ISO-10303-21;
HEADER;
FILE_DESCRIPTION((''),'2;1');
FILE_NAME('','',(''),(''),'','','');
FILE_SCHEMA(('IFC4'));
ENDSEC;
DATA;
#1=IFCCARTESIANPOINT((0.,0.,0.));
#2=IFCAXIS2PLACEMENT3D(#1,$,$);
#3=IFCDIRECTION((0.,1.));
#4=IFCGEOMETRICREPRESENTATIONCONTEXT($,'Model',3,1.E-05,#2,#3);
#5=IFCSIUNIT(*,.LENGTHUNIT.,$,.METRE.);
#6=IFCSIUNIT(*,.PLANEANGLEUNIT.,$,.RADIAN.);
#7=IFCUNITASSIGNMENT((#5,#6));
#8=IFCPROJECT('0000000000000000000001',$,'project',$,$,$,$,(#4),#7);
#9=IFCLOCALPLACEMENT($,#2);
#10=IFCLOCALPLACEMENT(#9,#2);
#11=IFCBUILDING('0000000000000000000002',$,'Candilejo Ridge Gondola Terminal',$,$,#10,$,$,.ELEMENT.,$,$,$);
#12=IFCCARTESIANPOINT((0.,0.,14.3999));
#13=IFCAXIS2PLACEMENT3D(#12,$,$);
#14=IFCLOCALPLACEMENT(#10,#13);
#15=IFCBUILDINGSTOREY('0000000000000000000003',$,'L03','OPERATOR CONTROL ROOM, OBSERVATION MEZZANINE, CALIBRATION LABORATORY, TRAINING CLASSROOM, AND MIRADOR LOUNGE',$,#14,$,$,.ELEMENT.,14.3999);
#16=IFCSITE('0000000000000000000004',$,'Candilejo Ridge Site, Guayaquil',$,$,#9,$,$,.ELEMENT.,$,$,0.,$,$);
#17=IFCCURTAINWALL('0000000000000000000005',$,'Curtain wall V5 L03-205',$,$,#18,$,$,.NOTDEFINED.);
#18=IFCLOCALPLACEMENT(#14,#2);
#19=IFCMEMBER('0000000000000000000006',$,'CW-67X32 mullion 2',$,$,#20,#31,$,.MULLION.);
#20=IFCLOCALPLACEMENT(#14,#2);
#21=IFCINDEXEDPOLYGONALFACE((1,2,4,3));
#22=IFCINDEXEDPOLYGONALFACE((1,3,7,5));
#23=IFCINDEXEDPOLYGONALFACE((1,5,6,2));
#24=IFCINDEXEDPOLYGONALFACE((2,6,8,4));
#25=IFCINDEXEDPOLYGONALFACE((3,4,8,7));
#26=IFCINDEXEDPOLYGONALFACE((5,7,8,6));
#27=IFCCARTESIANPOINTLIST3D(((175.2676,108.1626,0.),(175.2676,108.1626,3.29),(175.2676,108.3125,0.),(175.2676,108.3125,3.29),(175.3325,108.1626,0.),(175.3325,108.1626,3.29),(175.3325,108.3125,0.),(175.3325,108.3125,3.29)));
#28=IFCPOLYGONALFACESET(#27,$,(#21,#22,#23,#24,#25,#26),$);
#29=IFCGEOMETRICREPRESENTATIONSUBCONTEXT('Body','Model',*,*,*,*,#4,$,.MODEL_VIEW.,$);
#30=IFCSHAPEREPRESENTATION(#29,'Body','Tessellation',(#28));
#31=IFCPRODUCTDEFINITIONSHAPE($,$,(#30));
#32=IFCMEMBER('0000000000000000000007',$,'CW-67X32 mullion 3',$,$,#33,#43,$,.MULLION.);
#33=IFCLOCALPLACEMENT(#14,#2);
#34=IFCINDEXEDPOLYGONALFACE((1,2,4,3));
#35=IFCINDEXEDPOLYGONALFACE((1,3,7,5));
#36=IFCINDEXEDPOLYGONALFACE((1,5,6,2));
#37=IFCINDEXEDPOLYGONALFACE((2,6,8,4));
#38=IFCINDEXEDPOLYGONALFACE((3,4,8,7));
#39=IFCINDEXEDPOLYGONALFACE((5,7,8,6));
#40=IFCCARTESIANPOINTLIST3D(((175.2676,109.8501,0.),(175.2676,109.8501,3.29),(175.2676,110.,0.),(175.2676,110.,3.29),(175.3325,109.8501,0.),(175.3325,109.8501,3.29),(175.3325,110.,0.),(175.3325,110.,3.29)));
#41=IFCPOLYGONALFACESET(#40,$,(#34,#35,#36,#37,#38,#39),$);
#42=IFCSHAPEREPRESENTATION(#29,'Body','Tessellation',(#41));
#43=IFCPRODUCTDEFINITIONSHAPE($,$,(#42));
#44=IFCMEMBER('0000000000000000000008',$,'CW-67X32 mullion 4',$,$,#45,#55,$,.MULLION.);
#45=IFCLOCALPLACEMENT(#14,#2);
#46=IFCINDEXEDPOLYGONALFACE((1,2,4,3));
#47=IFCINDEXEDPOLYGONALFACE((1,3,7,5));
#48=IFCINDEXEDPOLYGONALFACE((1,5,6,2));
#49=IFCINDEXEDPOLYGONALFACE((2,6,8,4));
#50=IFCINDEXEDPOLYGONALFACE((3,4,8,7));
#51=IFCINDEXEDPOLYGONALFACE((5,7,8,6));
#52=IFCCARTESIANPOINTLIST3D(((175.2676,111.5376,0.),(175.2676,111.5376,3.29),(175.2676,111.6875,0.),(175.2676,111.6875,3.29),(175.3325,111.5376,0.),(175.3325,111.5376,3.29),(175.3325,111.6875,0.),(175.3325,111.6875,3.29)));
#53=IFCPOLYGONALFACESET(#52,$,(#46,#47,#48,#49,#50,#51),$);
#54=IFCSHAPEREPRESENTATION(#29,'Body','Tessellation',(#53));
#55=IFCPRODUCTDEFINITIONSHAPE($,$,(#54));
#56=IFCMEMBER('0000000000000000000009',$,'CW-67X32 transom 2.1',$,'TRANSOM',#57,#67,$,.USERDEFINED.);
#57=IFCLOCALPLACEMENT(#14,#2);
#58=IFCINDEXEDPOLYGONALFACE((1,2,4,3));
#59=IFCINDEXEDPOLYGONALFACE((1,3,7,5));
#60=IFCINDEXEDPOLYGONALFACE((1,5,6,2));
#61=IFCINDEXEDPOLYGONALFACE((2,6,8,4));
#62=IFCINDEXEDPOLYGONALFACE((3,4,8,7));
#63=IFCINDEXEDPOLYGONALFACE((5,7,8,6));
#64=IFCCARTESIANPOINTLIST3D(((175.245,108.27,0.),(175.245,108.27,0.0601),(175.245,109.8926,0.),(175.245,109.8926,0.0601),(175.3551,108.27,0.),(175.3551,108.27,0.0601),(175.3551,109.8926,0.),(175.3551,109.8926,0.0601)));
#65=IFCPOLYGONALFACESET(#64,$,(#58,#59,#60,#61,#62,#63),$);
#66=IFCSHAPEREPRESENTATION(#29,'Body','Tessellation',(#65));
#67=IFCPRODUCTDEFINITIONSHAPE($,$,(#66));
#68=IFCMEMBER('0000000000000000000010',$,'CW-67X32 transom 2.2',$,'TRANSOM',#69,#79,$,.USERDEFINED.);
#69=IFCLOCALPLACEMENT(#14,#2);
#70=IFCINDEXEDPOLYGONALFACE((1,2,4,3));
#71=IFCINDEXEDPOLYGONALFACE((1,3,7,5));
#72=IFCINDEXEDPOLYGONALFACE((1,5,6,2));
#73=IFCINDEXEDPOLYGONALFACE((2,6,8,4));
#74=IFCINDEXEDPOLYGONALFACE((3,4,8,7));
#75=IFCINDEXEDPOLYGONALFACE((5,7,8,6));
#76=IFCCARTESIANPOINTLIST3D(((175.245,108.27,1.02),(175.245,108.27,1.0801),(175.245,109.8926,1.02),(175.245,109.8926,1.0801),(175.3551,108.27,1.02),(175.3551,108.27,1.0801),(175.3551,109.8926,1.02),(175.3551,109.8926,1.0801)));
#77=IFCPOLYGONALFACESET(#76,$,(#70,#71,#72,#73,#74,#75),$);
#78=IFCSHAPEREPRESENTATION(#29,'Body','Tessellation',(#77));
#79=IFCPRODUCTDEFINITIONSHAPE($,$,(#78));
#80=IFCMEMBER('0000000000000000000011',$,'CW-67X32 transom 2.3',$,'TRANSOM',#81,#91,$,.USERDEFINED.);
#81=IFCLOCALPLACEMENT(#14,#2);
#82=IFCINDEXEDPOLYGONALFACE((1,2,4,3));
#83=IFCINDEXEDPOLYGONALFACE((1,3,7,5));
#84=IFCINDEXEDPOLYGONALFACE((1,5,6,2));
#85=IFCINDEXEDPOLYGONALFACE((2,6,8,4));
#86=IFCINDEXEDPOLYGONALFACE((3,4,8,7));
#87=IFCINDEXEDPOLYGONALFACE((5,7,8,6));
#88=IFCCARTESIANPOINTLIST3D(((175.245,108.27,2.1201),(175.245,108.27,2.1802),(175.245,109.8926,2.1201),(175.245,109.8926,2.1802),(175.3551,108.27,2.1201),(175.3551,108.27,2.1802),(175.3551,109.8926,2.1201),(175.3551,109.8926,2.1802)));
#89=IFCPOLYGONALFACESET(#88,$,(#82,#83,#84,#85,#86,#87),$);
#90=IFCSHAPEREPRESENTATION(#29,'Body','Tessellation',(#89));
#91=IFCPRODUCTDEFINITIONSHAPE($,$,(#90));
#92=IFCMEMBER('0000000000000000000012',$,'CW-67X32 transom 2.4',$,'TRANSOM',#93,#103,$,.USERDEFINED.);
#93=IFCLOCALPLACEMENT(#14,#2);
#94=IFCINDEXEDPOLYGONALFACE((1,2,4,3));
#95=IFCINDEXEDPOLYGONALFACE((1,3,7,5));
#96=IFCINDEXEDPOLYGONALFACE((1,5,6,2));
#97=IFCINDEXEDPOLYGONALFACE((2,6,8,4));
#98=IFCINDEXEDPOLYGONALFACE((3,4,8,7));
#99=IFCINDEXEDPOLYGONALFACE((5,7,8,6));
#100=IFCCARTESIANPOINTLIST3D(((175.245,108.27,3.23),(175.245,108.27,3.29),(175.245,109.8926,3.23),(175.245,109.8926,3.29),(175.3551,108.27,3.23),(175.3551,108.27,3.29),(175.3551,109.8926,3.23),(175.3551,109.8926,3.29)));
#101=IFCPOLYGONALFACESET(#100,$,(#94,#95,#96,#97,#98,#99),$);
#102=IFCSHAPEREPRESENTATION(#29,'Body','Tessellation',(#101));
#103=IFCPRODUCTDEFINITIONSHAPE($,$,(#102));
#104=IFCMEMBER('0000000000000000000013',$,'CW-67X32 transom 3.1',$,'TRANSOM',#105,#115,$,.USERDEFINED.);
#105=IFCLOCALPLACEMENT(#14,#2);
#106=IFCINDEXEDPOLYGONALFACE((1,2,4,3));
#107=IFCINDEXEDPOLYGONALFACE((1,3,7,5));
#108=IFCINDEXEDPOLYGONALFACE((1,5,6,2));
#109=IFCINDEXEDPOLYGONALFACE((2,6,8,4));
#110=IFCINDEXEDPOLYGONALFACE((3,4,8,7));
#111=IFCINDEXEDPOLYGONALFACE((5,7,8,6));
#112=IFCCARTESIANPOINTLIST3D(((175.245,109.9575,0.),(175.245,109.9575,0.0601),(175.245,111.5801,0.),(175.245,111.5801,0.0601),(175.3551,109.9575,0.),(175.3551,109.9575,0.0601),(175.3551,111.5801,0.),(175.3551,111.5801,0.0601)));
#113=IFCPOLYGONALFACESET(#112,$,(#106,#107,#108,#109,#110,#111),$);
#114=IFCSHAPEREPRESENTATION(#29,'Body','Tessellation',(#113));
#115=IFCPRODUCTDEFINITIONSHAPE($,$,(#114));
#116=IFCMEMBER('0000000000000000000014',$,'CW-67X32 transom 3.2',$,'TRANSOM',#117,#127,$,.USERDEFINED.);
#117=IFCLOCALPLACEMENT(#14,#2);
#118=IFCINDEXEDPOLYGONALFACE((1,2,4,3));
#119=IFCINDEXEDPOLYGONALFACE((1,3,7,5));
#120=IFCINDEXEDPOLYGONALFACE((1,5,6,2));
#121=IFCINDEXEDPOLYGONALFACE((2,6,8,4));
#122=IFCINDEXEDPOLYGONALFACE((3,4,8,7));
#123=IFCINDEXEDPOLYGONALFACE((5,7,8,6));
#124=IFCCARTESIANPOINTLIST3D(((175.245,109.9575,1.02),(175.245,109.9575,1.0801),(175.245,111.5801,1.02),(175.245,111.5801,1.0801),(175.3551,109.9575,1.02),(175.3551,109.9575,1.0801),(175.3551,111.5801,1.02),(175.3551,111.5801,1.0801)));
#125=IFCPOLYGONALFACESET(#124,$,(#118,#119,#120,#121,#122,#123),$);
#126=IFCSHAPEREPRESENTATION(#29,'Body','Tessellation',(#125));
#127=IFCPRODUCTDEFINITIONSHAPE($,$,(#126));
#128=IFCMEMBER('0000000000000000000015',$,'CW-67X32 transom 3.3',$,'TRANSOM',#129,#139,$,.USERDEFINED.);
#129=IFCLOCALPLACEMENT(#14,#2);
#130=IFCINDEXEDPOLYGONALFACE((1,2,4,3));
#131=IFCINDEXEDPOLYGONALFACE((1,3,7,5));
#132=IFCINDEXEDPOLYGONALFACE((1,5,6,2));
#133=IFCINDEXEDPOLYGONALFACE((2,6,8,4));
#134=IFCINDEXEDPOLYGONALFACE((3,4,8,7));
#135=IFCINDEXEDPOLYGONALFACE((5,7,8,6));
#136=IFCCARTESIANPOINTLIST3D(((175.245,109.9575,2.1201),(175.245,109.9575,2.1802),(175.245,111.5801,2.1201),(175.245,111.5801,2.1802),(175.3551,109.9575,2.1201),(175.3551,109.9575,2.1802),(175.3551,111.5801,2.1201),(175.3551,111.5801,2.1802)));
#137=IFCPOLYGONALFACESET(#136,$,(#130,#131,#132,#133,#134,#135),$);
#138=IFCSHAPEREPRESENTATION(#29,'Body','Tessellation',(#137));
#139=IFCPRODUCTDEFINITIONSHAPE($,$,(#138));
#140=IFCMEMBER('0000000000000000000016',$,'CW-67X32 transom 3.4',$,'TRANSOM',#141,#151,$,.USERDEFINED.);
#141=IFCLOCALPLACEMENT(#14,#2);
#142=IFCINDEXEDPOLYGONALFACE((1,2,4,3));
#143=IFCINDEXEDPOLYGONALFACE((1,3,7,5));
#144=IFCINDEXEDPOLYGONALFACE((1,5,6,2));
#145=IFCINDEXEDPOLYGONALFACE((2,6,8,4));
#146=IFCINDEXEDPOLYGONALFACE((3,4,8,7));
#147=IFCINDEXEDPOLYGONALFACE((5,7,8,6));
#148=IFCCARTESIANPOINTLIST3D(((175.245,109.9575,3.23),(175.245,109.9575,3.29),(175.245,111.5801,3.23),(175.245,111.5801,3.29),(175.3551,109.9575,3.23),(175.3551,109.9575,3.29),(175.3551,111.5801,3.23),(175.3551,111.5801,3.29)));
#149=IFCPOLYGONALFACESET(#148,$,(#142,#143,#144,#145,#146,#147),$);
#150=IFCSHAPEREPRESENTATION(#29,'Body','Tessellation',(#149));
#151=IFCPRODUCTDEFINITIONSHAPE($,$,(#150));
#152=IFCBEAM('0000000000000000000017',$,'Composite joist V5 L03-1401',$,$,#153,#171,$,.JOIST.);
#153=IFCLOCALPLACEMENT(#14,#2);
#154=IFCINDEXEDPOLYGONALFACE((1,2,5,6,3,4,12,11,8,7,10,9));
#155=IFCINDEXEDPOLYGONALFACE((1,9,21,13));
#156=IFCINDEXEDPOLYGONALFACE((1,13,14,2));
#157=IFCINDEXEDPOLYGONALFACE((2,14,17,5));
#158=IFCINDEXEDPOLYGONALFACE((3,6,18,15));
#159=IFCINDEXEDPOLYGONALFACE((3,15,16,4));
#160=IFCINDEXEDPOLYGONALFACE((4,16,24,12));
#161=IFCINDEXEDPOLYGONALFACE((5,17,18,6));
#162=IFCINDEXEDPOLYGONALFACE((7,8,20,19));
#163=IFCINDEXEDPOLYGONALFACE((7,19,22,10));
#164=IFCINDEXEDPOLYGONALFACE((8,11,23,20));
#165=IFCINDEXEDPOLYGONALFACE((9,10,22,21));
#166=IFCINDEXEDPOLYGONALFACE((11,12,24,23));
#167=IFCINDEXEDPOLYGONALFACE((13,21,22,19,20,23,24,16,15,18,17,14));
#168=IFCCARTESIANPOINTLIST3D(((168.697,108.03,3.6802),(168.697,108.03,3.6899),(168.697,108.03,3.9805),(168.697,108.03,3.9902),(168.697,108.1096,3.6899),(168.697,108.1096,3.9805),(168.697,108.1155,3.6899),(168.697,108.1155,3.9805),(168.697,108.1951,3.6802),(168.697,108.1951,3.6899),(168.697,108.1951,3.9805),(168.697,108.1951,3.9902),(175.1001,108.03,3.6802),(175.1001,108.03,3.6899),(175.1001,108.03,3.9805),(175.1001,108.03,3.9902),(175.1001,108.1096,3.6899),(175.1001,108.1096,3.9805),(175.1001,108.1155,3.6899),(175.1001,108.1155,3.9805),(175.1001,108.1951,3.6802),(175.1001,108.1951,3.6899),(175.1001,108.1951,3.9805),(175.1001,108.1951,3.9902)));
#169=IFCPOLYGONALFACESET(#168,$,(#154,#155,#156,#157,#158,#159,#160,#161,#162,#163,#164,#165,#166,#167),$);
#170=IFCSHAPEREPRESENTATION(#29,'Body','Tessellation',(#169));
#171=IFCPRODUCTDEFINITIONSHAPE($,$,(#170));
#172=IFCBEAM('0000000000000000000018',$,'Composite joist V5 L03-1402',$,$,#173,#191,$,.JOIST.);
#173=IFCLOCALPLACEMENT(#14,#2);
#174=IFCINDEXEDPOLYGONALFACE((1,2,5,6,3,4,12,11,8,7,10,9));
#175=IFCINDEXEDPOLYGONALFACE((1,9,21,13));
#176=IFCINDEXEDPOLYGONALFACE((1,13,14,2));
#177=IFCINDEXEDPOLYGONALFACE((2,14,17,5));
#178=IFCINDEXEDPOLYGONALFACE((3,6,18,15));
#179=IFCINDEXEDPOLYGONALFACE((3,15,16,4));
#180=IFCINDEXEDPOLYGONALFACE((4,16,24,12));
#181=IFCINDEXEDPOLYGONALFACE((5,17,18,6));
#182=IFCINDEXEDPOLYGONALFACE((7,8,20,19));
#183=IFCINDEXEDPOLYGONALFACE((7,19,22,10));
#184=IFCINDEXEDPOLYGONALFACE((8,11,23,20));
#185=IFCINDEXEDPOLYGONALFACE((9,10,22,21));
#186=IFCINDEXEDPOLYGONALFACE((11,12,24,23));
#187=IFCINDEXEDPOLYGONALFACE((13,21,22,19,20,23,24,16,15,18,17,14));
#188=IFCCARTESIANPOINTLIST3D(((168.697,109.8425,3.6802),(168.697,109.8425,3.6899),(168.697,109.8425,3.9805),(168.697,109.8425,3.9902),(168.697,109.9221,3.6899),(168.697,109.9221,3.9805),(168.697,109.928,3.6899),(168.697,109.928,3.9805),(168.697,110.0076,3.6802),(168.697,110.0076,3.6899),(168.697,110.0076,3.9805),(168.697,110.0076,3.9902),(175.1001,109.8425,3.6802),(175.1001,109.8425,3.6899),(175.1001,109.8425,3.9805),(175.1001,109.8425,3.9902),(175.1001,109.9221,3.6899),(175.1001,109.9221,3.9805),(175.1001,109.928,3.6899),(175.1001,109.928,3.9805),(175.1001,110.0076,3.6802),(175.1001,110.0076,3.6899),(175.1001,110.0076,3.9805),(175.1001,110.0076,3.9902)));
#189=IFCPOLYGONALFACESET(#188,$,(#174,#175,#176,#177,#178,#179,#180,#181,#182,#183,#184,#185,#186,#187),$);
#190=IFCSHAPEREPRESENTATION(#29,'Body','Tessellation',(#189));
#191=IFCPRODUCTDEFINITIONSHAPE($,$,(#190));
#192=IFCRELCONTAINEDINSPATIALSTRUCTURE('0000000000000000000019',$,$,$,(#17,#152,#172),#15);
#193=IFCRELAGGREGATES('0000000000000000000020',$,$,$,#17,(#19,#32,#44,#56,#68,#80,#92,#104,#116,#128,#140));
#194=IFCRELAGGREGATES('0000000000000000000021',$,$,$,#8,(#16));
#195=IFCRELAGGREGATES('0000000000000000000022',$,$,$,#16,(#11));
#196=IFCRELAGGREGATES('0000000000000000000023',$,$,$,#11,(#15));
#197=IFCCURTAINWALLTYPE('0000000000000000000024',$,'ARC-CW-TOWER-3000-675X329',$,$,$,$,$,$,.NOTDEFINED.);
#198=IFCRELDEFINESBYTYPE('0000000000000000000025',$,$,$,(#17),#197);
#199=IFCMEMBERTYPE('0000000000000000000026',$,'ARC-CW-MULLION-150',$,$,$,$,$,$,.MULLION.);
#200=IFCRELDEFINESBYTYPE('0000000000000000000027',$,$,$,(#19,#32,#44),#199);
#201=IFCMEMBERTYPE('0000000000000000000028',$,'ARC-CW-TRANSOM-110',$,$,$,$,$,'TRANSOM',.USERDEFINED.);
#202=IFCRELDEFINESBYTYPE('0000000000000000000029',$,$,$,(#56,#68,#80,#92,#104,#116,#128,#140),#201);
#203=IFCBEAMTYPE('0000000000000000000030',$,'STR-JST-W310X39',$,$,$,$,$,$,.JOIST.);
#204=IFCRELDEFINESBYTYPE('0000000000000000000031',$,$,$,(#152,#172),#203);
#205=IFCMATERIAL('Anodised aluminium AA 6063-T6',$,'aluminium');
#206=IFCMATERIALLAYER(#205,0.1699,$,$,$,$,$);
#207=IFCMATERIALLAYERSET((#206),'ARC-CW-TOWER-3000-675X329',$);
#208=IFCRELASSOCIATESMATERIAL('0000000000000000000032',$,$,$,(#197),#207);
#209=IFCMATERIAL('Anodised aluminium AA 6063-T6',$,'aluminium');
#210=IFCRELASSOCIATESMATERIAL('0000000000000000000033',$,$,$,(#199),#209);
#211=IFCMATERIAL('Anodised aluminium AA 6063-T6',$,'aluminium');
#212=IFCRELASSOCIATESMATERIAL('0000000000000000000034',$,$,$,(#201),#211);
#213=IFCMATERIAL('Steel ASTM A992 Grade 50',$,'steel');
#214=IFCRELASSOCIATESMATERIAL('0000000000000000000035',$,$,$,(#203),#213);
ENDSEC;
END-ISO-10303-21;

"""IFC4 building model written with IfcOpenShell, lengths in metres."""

from ifc_helpers import new_model, si_unit, direction, frame, origin, origin_2d, place, context, subcontext, project, spatial, rectangle, i_section, extrude, material, layer, layer_set, material_profile, profile_set, type_object, element, aggregate, save


model = new_model("IFC4")

# Units and contexts
model_context = context("Model", 3, precision=1e-05, world=origin(), true_north=direction((0.0, 1.0)))
body_context = subcontext(model_context, "Body", "Model", "MODEL_VIEW")
ifc_project = project(units=[si_unit("LENGTHUNIT", "METRE"), si_unit("PLANEANGLEUNIT", "RADIAN")], contexts=[model_context])

# Site, building, storey
site_placement = place(None, origin())
site = spatial("IfcSite", under=ifc_project, at=site_placement, Name="Candilejo Ridge Site, Guayaquil", CompositionType="ELEMENT", RefElevation=0.0)
building_placement = place(site_placement, origin())
building = spatial("IfcBuilding", under=site, at=building_placement, Name="Candilejo Ridge Gondola Terminal", CompositionType="ELEMENT")
storey_placement = place(building_placement, frame((0.0, 0.0, 14.3999)))
storey = spatial("IfcBuildingStorey", under=building, at=storey_placement, Name="L03", Description="OPERATOR CONTROL ROOM, OBSERVATION MEZZANINE, CALIBRATION LABORATORY, TRAINING CLASSROOM, AND MIRADOR LOUNGE", CompositionType="ELEMENT", Elevation=14.3999)

# Curtain wall, members
ifc_material_1 = material(Name="Anodised aluminium AA 6063-T6", Category="aluminium")
ifc_layer_1 = layer(ifc_material_1, 0.1699)
ifc_layer_set_1 = layer_set([ifc_layer_1], Name="ARC-CW-TOWER-3000-675X329")
curtain_wall_type = type_object("IfcCurtainWallType", Name="ARC-CW-TOWER-3000-675X329", PredefinedType="NOTDEFINED", material=ifc_layer_set_1)
curtain_wall_placement = place(storey_placement, origin())
curtain_wall = element("IfcCurtainWall", 1, at=curtain_wall_placement, inside=storey, type_object=curtain_wall_type, Name="Curtain wall V5 L03-205", PredefinedType="NOTDEFINED")
ifc_material_2 = material(Name="Anodised aluminium AA 6063-T6", Category="aluminium")
ifc_material_profile_1 = material_profile(ifc_material_2, rectangle(XDim=0.0649, YDim=0.1499, at=origin_2d()))
ifc_profile_set_1 = profile_set([ifc_material_profile_1], Name="Anodised aluminium AA 6063-T6")
member_type_1 = type_object("IfcMemberType", Name="ARC-CW-MULLION-150", PredefinedType="MULLION", material=ifc_profile_set_1)
member_1_placement = place(storey_placement, frame((175.3, 108.2375, 0.0), z_axis=(0.0, 0.0, 1.0), x_axis=(-1.0, 0.0, 0.0)))
member_1 = element("IfcMember", 2, at=member_1_placement, type_object=member_type_1, Name="CW-67X32 mullion 2", PredefinedType="MULLION", context=body_context, shape_type="SweptSolid", body=[
    extrude(rectangle(XDim=0.0649, YDim=0.1499, at=origin_2d()), origin(), (0.0, 0.0, 1.0), 3.29),
])
member_2_placement = place(storey_placement, frame((175.3, 109.925, 0.0), z_axis=(0.0, 0.0, 1.0), x_axis=(-1.0, 0.0, 0.0)))
member_2 = element("IfcMember", 3, at=member_2_placement, type_object=member_type_1, Name="CW-67X32 mullion 3", PredefinedType="MULLION", context=body_context, shape_type="SweptSolid", body=[
    extrude(rectangle(XDim=0.0649, YDim=0.1499, at=origin_2d()), origin(), (0.0, 0.0, 1.0), 3.29),
])
member_3_placement = place(storey_placement, frame((175.3, 111.6125, 0.0), z_axis=(0.0, 0.0, 1.0), x_axis=(-1.0, 0.0, 0.0)))
member_3 = element("IfcMember", 4, at=member_3_placement, type_object=member_type_1, Name="CW-67X32 mullion 4", PredefinedType="MULLION", context=body_context, shape_type="SweptSolid", body=[
    extrude(rectangle(XDim=0.0649, YDim=0.1499, at=origin_2d()), origin(), (0.0, 0.0, 1.0), 3.29),
])
ifc_material_3 = material(Name="Anodised aluminium AA 6063-T6", Category="aluminium")
ifc_material_profile_2 = material_profile(ifc_material_3, rectangle(XDim=0.1101, YDim=0.0601, at=origin_2d()))
ifc_profile_set_2 = profile_set([ifc_material_profile_2], Name="Anodised aluminium AA 6063-T6")
member_type_2 = type_object("IfcMemberType", Name="ARC-CW-TRANSOM-110", ElementType="TRANSOM", PredefinedType="USERDEFINED", material=ifc_profile_set_2)
member_4_placement = place(storey_placement, frame((175.3, 108.27, 0.03), z_axis=(0.0, 1.0, 0.0), x_axis=(-1.0, 0.0, 0.0)))
member_4 = element("IfcMember", 5, at=member_4_placement, type_object=member_type_2, Name="CW-67X32 transom 2.1", ObjectType="TRANSOM", PredefinedType="USERDEFINED", context=body_context, shape_type="SweptSolid", body=[
    extrude(rectangle(XDim=0.1101, YDim=0.0601, at=origin_2d()), origin(), (0.0, 0.0, 1.0), 1.6226),
])
member_5_placement = place(storey_placement, frame((175.3, 108.27, 1.05), z_axis=(0.0, 1.0, 0.0), x_axis=(-1.0, 0.0, 0.0)))
member_5 = element("IfcMember", 6, at=member_5_placement, type_object=member_type_2, Name="CW-67X32 transom 2.2", ObjectType="TRANSOM", PredefinedType="USERDEFINED", context=body_context, shape_type="SweptSolid", body=[
    extrude(rectangle(XDim=0.1101, YDim=0.0601, at=origin_2d()), origin(), (0.0, 0.0, 1.0), 1.6226),
])
member_6_placement = place(storey_placement, frame((175.3, 108.27, 2.1501), z_axis=(0.0, 1.0, 0.0), x_axis=(-1.0, 0.0, 0.0)))
member_6 = element("IfcMember", 7, at=member_6_placement, type_object=member_type_2, Name="CW-67X32 transom 2.3", ObjectType="TRANSOM", PredefinedType="USERDEFINED", context=body_context, shape_type="SweptSolid", body=[
    extrude(rectangle(XDim=0.1101, YDim=0.0601, at=origin_2d()), origin(), (0.0, 0.0, 1.0), 1.6226),
])
member_7_placement = place(storey_placement, frame((175.3, 108.27, 3.26), z_axis=(0.0, 1.0, 0.0), x_axis=(-1.0, 0.0, 0.0)))
member_7 = element("IfcMember", 8, at=member_7_placement, type_object=member_type_2, Name="CW-67X32 transom 2.4", ObjectType="TRANSOM", PredefinedType="USERDEFINED", context=body_context, shape_type="SweptSolid", body=[
    extrude(rectangle(XDim=0.1101, YDim=0.0601, at=origin_2d()), origin(), (0.0, 0.0, 1.0), 1.6226),
])
member_8_placement = place(storey_placement, frame((175.3, 109.9575, 0.03), z_axis=(0.0, 1.0, 0.0), x_axis=(-1.0, 0.0, 0.0)))
member_8 = element("IfcMember", 9, at=member_8_placement, type_object=member_type_2, Name="CW-67X32 transom 3.1", ObjectType="TRANSOM", PredefinedType="USERDEFINED", context=body_context, shape_type="SweptSolid", body=[
    extrude(rectangle(XDim=0.1101, YDim=0.0601, at=origin_2d()), origin(), (0.0, 0.0, 1.0), 1.6226),
])
member_9_placement = place(storey_placement, frame((175.3, 109.9575, 1.05), z_axis=(0.0, 1.0, 0.0), x_axis=(-1.0, 0.0, 0.0)))
member_9 = element("IfcMember", 10, at=member_9_placement, type_object=member_type_2, Name="CW-67X32 transom 3.2", ObjectType="TRANSOM", PredefinedType="USERDEFINED", context=body_context, shape_type="SweptSolid", body=[
    extrude(rectangle(XDim=0.1101, YDim=0.0601, at=origin_2d()), origin(), (0.0, 0.0, 1.0), 1.6226),
])
member_10_placement = place(storey_placement, frame((175.3, 109.9575, 2.1501), z_axis=(0.0, 1.0, 0.0), x_axis=(-1.0, 0.0, 0.0)))
member_10 = element("IfcMember", 11, at=member_10_placement, type_object=member_type_2, Name="CW-67X32 transom 3.3", ObjectType="TRANSOM", PredefinedType="USERDEFINED", context=body_context, shape_type="SweptSolid", body=[
    extrude(rectangle(XDim=0.1101, YDim=0.0601, at=origin_2d()), origin(), (0.0, 0.0, 1.0), 1.6226),
])
member_11_placement = place(storey_placement, frame((175.3, 109.9575, 3.26), z_axis=(0.0, 1.0, 0.0), x_axis=(-1.0, 0.0, 0.0)))
member_11 = element("IfcMember", 12, at=member_11_placement, type_object=member_type_2, Name="CW-67X32 transom 3.4", ObjectType="TRANSOM", PredefinedType="USERDEFINED", context=body_context, shape_type="SweptSolid", body=[
    extrude(rectangle(XDim=0.1101, YDim=0.0601, at=origin_2d()), origin(), (0.0, 0.0, 1.0), 1.6226),
])

# Beams
ifc_material_4 = material(Name="Steel ASTM A992 Grade 50", Category="steel")
ifc_material_profile_3 = material_profile(ifc_material_4, i_section(OverallWidth=0.165, OverallDepth=0.3101, WebThickness=0.0059, FlangeThickness=0.0098, at=origin_2d()))
ifc_profile_set_3 = profile_set([ifc_material_profile_3], Name="Steel ASTM A992 Grade 50")
beam_type = type_object("IfcBeamType", Name="STR-JST-W310X39", PredefinedType="JOIST", material=ifc_profile_set_3)
for number, where, z_axis, x_axis, name in (
    (13, (168.697, 108.1125, 3.8352), (1.0, 0.0, 0.0), (0.0, 1.0, 0.0), "Composite joist V5 L03-1401"),
    (14, (168.697, 109.925, 3.8352), (1.0, 0.0, 0.0), (0.0, 1.0, 0.0), "Composite joist V5 L03-1402"),
):
    element("IfcBeam", number, at=place(storey_placement, frame(where, z_axis=z_axis, x_axis=x_axis)), inside=storey, type_object=beam_type, Name=name, PredefinedType="JOIST", context=body_context, shape_type="SweptSolid", body=[
        extrude(i_section(OverallWidth=0.165, OverallDepth=0.3101, WebThickness=0.0059, FlangeThickness=0.0098, at=origin_2d()), origin(), (0.0, 0.0, 1.0), 6.4031),
    ])

aggregate(curtain_wall, [member_1, member_2, member_3, member_4, member_5, member_6, member_7, member_8, member_9, member_10, member_11])

save(model, "model.ifc")
